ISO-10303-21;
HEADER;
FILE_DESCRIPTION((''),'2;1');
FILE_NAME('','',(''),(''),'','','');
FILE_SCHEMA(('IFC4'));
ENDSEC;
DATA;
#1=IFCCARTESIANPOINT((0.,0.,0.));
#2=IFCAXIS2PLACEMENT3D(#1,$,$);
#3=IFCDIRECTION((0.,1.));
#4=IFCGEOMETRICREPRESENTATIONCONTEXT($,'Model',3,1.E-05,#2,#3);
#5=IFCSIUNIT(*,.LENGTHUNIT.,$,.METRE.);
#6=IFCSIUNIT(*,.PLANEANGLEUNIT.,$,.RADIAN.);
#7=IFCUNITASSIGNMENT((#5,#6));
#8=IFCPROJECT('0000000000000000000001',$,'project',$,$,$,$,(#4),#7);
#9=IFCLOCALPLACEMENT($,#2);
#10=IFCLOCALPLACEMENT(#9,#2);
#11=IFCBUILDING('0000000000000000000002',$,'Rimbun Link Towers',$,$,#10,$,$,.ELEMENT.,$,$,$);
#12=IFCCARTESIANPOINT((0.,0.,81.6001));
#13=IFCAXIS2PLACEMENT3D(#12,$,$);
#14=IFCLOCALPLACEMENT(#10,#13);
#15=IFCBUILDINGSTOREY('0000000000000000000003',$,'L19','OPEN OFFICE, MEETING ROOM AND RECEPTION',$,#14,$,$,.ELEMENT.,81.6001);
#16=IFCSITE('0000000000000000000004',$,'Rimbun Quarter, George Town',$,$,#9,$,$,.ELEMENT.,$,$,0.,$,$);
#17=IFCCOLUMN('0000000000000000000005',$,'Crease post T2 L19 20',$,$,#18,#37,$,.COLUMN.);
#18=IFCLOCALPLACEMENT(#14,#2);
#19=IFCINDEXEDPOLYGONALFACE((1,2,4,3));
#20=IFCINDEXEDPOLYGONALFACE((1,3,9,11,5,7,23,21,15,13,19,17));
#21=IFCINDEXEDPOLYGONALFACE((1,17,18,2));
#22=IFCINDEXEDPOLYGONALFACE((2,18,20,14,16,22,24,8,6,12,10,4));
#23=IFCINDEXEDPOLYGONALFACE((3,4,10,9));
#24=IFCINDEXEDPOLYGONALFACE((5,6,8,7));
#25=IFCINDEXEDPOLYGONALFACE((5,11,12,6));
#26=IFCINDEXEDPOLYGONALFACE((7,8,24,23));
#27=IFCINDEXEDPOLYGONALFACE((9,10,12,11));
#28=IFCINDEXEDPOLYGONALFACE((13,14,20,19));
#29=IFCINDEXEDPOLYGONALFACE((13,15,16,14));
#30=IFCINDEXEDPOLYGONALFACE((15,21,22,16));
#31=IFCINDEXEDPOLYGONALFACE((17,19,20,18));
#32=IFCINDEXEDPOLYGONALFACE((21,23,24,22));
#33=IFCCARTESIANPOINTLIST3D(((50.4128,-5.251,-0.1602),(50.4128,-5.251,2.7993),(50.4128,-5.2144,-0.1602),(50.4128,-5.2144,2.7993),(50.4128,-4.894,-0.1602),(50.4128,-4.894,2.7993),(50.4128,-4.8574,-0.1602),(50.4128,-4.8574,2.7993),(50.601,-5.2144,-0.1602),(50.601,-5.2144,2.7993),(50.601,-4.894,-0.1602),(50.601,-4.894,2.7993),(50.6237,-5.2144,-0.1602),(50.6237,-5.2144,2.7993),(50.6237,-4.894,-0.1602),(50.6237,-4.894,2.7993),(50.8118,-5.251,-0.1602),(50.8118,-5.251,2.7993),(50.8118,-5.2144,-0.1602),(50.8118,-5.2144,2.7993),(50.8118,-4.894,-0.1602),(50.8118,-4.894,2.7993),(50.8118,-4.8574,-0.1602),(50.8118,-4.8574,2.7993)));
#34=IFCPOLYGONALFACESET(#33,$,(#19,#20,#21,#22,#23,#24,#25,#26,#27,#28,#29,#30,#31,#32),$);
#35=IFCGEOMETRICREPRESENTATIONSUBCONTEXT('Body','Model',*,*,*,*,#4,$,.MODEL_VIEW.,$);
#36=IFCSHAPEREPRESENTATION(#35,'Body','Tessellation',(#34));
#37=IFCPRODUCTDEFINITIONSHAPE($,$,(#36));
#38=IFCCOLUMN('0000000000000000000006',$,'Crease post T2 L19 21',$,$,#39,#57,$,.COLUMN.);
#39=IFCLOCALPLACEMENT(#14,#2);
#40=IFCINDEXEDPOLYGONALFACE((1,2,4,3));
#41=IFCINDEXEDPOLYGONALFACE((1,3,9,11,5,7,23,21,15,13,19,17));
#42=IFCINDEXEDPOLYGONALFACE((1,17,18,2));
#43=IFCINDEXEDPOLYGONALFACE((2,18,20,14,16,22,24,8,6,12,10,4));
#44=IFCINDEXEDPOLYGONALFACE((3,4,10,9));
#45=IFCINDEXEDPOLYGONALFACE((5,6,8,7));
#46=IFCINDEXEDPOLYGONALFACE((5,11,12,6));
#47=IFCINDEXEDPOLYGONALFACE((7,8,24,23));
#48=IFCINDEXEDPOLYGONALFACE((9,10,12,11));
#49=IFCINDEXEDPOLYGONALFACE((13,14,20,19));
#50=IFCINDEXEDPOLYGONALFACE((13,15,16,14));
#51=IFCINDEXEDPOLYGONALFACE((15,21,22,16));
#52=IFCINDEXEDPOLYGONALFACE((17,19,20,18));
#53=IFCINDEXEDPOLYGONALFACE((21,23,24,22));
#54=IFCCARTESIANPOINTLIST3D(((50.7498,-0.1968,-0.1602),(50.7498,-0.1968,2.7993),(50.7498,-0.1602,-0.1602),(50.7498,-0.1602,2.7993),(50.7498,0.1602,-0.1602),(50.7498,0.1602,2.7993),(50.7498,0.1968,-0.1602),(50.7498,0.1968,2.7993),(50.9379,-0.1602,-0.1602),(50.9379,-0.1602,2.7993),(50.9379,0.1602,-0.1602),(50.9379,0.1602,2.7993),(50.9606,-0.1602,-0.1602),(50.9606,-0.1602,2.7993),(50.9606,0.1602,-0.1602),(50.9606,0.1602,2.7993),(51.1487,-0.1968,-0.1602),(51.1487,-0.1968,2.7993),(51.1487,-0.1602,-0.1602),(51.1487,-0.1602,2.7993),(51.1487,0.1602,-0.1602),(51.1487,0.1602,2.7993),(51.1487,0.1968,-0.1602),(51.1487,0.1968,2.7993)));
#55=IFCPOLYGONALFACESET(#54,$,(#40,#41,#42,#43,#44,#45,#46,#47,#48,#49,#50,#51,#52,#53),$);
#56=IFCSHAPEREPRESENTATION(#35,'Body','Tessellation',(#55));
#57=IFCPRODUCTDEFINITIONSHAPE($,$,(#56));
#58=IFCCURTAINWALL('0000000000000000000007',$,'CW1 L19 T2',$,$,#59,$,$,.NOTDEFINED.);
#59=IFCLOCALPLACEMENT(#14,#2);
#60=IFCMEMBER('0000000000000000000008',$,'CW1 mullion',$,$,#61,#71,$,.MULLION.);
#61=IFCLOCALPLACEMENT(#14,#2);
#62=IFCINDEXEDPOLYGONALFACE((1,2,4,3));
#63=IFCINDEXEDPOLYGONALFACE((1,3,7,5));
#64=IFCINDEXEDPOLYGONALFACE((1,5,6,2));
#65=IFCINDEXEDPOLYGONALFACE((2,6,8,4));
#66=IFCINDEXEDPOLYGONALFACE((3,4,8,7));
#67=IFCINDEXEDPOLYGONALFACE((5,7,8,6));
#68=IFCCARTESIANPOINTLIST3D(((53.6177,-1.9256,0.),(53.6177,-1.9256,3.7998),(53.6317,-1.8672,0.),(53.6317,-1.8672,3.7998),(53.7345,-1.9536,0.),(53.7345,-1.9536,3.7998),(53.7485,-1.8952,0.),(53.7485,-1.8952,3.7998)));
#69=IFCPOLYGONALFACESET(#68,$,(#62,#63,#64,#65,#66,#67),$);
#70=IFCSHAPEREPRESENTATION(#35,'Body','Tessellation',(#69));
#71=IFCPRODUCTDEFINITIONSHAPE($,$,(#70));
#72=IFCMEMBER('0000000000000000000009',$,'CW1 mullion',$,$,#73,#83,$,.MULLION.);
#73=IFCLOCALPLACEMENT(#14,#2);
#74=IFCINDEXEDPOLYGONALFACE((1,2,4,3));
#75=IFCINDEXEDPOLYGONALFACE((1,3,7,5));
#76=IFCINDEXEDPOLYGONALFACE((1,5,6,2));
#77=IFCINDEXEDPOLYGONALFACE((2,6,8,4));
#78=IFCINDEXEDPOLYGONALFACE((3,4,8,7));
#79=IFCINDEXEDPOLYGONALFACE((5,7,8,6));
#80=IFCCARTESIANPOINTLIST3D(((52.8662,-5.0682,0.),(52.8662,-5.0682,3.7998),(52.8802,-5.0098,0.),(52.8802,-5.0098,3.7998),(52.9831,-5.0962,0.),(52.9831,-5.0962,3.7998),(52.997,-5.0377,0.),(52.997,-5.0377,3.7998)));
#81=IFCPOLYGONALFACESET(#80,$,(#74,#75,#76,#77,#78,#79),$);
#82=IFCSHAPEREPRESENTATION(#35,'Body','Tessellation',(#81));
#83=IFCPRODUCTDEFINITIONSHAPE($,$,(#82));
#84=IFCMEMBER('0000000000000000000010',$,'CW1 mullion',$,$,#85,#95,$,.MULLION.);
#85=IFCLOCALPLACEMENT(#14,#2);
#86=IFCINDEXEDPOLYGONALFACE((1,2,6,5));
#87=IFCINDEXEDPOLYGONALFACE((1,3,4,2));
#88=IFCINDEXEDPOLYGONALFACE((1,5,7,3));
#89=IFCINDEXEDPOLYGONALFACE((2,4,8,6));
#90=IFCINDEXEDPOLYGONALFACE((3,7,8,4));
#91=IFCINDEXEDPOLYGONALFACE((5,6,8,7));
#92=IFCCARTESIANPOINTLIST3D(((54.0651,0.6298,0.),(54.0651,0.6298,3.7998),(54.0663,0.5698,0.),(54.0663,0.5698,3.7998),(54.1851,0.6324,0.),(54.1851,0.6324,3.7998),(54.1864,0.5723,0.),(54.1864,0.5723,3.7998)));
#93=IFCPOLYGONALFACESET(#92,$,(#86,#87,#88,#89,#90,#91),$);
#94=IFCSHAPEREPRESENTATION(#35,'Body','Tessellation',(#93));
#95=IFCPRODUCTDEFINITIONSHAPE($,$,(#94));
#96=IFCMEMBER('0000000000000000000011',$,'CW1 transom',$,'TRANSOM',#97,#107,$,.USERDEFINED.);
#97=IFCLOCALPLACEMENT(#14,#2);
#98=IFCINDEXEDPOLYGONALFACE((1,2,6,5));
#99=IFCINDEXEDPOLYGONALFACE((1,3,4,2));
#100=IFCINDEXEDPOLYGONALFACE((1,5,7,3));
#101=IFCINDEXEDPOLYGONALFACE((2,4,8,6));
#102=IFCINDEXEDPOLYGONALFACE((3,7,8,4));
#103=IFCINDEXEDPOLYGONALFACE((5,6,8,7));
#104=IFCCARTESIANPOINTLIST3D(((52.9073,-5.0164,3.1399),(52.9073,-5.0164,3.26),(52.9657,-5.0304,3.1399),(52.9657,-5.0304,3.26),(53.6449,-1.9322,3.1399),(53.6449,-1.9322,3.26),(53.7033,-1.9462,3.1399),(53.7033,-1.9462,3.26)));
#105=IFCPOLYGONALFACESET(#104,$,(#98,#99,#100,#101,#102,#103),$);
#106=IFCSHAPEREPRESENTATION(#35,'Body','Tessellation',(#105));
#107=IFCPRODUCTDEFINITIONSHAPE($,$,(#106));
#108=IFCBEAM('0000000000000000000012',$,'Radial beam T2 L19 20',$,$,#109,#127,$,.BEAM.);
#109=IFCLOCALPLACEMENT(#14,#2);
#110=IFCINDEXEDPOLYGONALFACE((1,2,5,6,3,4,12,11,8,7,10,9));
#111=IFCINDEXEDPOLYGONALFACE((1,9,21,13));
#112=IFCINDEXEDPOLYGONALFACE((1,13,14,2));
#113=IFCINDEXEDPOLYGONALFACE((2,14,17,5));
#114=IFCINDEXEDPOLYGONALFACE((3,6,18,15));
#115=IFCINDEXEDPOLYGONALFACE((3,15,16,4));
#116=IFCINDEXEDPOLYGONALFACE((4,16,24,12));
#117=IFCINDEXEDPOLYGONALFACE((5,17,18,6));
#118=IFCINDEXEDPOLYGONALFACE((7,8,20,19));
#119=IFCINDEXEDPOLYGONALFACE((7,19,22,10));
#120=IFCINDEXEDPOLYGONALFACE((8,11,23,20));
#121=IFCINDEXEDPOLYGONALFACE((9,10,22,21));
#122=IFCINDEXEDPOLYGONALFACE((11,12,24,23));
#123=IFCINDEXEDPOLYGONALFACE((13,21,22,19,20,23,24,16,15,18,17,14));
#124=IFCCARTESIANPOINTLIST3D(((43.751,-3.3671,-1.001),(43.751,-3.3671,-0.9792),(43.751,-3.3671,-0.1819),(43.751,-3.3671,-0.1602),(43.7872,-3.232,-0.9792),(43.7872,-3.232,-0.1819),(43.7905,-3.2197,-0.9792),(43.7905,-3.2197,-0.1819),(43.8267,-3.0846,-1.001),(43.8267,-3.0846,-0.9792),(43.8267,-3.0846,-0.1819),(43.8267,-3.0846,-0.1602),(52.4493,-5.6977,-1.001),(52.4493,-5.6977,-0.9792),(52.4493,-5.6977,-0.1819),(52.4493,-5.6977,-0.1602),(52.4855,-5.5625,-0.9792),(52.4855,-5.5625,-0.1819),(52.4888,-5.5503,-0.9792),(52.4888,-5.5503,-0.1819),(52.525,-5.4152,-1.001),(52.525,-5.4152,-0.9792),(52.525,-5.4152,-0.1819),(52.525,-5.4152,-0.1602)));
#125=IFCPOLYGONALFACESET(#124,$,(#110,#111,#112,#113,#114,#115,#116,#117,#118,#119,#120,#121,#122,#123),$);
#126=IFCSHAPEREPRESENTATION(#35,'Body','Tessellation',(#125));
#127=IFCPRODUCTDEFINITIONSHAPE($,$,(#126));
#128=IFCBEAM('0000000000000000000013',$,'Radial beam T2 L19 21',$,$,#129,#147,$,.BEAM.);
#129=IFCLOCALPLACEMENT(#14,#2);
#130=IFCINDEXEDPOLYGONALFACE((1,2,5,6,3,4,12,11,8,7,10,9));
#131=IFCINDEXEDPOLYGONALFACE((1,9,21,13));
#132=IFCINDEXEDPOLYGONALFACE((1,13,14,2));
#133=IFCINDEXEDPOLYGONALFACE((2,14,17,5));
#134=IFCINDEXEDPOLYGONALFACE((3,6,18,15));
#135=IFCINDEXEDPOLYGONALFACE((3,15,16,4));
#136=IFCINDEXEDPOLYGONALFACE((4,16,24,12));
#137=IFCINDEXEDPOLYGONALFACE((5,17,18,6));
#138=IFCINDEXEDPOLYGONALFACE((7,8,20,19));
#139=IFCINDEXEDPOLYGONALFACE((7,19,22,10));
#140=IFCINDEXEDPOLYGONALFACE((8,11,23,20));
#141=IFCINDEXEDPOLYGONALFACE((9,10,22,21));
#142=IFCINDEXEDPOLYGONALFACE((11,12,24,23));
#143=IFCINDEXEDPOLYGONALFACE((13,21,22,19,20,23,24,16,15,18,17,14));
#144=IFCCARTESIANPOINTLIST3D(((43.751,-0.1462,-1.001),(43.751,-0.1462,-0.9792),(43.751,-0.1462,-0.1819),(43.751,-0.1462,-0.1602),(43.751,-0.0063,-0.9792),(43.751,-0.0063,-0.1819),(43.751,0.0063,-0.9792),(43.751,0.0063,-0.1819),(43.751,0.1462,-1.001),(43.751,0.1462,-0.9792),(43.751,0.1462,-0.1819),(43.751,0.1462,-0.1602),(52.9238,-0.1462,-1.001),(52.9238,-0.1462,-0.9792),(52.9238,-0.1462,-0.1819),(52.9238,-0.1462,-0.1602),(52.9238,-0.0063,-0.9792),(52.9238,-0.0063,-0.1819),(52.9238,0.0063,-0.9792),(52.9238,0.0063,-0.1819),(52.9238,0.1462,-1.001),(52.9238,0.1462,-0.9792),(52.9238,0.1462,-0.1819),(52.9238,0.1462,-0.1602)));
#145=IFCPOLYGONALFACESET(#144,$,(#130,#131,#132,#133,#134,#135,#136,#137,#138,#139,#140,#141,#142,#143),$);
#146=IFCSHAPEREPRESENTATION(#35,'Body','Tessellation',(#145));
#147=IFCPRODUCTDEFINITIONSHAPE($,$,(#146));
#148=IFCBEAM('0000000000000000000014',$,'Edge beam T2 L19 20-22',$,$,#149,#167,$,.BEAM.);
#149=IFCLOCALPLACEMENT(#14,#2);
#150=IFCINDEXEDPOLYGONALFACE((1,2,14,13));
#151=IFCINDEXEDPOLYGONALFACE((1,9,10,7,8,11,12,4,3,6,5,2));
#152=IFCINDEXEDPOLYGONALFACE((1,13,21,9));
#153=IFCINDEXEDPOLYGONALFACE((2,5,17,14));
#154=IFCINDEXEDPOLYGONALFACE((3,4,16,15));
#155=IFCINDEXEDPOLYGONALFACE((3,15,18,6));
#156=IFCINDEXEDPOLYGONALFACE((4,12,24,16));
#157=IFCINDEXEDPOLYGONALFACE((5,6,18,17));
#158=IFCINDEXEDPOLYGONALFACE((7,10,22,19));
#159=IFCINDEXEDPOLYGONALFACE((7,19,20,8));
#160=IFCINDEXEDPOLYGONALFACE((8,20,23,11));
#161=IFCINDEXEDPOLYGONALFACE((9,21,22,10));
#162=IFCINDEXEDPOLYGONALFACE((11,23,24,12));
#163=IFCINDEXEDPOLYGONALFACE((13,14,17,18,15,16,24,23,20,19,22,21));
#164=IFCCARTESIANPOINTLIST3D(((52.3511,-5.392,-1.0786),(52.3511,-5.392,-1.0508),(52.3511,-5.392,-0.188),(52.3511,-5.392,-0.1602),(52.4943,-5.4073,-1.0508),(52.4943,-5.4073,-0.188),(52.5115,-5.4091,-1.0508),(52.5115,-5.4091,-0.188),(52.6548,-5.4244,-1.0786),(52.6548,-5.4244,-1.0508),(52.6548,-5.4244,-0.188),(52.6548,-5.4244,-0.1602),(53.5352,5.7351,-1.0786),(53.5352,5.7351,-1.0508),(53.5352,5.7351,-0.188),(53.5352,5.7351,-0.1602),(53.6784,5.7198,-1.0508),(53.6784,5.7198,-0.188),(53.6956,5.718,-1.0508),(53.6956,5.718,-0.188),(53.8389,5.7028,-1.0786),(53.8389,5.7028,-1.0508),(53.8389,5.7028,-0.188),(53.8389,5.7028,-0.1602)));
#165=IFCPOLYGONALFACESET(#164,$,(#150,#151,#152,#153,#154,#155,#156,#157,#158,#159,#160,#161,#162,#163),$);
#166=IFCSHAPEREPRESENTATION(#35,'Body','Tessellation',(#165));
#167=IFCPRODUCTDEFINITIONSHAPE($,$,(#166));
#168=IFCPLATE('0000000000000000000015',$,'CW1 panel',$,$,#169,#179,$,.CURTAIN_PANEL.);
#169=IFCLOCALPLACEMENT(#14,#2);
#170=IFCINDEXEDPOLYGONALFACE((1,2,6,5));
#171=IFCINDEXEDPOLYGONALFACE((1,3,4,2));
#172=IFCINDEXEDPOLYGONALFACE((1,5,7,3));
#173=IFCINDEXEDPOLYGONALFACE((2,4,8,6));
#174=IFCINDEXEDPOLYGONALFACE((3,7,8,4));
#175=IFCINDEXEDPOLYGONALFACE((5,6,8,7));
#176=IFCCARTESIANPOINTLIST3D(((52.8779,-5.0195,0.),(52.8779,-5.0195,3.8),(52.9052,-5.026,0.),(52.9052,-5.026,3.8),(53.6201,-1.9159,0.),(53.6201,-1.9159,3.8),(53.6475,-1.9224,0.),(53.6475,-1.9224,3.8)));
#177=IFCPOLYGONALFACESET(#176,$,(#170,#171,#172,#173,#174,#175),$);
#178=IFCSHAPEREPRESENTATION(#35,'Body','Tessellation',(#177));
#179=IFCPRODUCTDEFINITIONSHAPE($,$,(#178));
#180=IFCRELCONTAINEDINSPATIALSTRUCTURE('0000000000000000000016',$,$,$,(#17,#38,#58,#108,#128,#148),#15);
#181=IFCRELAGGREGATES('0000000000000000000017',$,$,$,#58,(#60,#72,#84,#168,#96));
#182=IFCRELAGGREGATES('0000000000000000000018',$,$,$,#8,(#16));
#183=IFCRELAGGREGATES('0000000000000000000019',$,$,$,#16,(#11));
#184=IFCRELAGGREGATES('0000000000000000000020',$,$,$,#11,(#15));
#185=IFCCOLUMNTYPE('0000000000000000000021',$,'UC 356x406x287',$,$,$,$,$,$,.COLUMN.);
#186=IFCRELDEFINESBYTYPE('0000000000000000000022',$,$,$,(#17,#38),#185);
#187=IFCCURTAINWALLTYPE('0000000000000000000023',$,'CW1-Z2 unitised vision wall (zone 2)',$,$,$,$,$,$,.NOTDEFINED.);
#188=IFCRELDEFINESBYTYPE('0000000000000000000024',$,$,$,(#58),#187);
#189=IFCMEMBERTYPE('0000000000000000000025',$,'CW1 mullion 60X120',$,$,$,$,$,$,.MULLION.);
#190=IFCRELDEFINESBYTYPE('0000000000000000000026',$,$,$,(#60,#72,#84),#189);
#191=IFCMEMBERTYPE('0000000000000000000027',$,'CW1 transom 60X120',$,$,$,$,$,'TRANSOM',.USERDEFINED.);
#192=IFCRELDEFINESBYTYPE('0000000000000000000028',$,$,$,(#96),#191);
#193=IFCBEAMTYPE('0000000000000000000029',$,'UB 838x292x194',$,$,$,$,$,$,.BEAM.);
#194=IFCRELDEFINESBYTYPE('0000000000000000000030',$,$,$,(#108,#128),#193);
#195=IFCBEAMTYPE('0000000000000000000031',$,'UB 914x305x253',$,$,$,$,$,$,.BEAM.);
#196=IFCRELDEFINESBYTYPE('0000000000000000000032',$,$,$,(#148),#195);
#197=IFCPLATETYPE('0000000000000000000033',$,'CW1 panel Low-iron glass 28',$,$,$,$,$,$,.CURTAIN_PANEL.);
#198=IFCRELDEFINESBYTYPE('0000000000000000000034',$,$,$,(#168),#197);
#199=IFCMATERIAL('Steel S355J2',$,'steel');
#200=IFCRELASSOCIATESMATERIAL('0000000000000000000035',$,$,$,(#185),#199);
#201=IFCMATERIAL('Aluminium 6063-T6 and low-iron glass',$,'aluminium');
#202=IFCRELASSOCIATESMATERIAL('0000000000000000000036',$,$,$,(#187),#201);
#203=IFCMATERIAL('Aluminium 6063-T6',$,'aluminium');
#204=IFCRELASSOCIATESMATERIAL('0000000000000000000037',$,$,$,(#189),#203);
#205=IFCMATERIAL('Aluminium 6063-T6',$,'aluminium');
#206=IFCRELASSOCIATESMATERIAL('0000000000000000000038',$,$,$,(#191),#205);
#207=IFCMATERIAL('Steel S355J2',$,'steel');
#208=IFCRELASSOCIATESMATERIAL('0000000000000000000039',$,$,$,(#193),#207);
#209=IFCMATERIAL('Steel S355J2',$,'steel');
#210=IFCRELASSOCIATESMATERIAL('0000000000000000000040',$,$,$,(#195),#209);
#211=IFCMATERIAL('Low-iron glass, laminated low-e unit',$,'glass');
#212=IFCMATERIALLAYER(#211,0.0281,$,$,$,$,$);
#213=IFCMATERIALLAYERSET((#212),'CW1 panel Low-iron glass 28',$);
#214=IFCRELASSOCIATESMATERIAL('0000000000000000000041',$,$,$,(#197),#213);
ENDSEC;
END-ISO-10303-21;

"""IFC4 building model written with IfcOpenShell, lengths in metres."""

from ifc_helpers import new_model, si_unit, direction, frame, origin, origin_2d, place, context, subcontext, project, spatial, rectangle, i_section, extrude, material, layer, layer_set, material_profile, profile_set, type_object, element, aggregate, save


model = new_model("IFC4")

# Units and contexts
model_context = context("Model", 3, precision=1e-05, world=origin(), true_north=direction((0.0, 1.0)))
body_context = subcontext(model_context, "Body", "Model", "MODEL_VIEW")
ifc_project = project(units=[si_unit("LENGTHUNIT", "METRE"), si_unit("PLANEANGLEUNIT", "RADIAN")], contexts=[model_context])

# Site, building, storey
site_placement = place(None, origin())
site = spatial("IfcSite", under=ifc_project, at=site_placement, Name="Rimbun Quarter, George Town", CompositionType="ELEMENT", RefElevation=0.0)
building_placement = place(site_placement, origin())
building = spatial("IfcBuilding", under=site, at=building_placement, Name="Rimbun Link Towers", CompositionType="ELEMENT")
storey_placement = place(building_placement, frame((0.0, 0.0, 81.6001)))
storey = spatial("IfcBuildingStorey", under=building, at=storey_placement, Name="L19", Description="OPEN OFFICE, MEETING ROOM AND RECEPTION", CompositionType="ELEMENT", Elevation=81.6001)

# Columns
ifc_material_1 = material(Name="Steel S355J2", Category="steel")
ifc_material_profile_1 = material_profile(ifc_material_1, i_section(OverallWidth=0.3989, OverallDepth=0.3936, WebThickness=0.0227, FlangeThickness=0.0366, at=origin_2d()), Name="UC 356x406x287")
ifc_profile_set_1 = profile_set([ifc_material_profile_1], Name="Steel S355J2")
column_type = type_object("IfcColumnType", Name="UC 356x406x287", PredefinedType="COLUMN", material=ifc_profile_set_1)
for number, where, z_axis, x_axis, name in (
    (1, (50.6123, -5.0542, -0.1602), (0.0, 0.0, 1.0), (1.0, 0.0, 0.0), "Crease post T2 L19 20"),
    (2, (50.9492, 0.0, -0.1602), (0.0, 0.0, 1.0), (1.0, 0.0, 0.0), "Crease post T2 L19 21"),
):
    element("IfcColumn", number, at=place(storey_placement, frame(where, z_axis=z_axis, x_axis=x_axis)), inside=storey, type_object=column_type, Name=name, PredefinedType="COLUMN", context=body_context, shape_type="SweptSolid", body=[
        extrude(i_section(OverallWidth=0.3989, OverallDepth=0.3936, WebThickness=0.0227, FlangeThickness=0.0366, at=origin_2d()), origin(), (0.0, 0.0, 1.0), 2.9595),
    ])

# Curtain wall, members
ifc_material_2 = material(Name="Aluminium 6063-T6 and low-iron glass", Category="aluminium")
curtain_wall_type = type_object("IfcCurtainWallType", Name="CW1-Z2 unitised vision wall (zone 2)", PredefinedType="NOTDEFINED", material=ifc_material_2)
curtain_wall_placement = place(storey_placement, origin())
curtain_wall = element("IfcCurtainWall", 3, at=curtain_wall_placement, inside=storey, type_object=curtain_wall_type, Name="CW1 L19 T2", PredefinedType="NOTDEFINED")
ifc_material_3 = material(Name="Aluminium 6063-T6", Category="aluminium")
ifc_material_profile_2 = material_profile(ifc_material_3, rectangle(XDim=0.1201, YDim=0.0601, at=origin_2d()), Name="MULLION 60X120")
ifc_profile_set_2 = profile_set([ifc_material_profile_2], Name="Aluminium 6063-T6")
member_type_1 = type_object("IfcMemberType", Name="CW1 mullion 60X120", PredefinedType="MULLION", material=ifc_profile_set_2)
member_1_placement = place(storey_placement, frame((53.6831, -1.9104, 0.0), z_axis=(0.0, 0.0, 1.0), x_axis=(0.972576, -0.232584, 0.0)))
member_1 = element("IfcMember", 4, at=member_1_placement, type_object=member_type_1, Name="CW1 mullion", PredefinedType="MULLION", context=body_context, shape_type="SweptSolid", body=[
    extrude(rectangle(XDim=0.1201, YDim=0.0601, at=origin_2d()), origin(), (0.0, 0.0, 1.0), 3.7998),
])
member_2_placement = place(storey_placement, frame((52.9316, -5.053, 0.0), z_axis=(0.0, 0.0, 1.0), x_axis=(0.972576, -0.232584, 0.0)))
member_2 = element("IfcMember", 5, at=member_2_placement, type_object=member_type_1, Name="CW1 mullion", PredefinedType="MULLION", context=body_context, shape_type="SweptSolid", body=[
    extrude(rectangle(XDim=0.1201, YDim=0.0601, at=origin_2d()), origin(), (0.0, 0.0, 1.0), 3.7998),
])
member_3_placement = place(storey_placement, frame((54.1257, 0.6011, 0.0), z_axis=(0.0, 0.0, 1.0), x_axis=(0.999778, 0.021057, 0.0)))
member_3 = element("IfcMember", 6, at=member_3_placement, type_object=member_type_1, Name="CW1 mullion", PredefinedType="MULLION", context=body_context, shape_type="SweptSolid", body=[
    extrude(rectangle(XDim=0.1201, YDim=0.0601, at=origin_2d()), origin(), (0.0, 0.0, 1.0), 3.7998),
])
ifc_material_4 = material(Name="Aluminium 6063-T6", Category="aluminium")
ifc_material_profile_3 = material_profile(ifc_material_4, rectangle(XDim=0.0601, YDim=0.1201, at=origin_2d()), Name="TRANSOM 60X120")
ifc_profile_set_3 = profile_set([ifc_material_profile_3], Name="Aluminium 6063-T6")
member_type_2 = type_object("IfcMemberType", Name="CW1 transom 60X120", ElementType="TRANSOM", PredefinedType="USERDEFINED", material=ifc_profile_set_3)
member_4_placement = place(storey_placement, frame((53.6741, -1.9392, 3.2), z_axis=(-0.232578, -0.972578, 0.0), x_axis=(0.972578, -0.232578, 0.0)))
member_4 = element("IfcMember", 7, at=member_4_placement, type_object=member_type_2, Name="CW1 transom", ObjectType="TRANSOM", PredefinedType="USERDEFINED", context=body_context, shape_type="SweptSolid", body=[
    extrude(rectangle(XDim=0.0601, YDim=0.1201, at=origin_2d()), origin(), (0.0, 0.0, 1.0), 3.1711),
])

# Beams
ifc_material_5 = material(Name="Steel S355J2", Category="steel")
ifc_material_profile_4 = material_profile(ifc_material_5, i_section(OverallWidth=0.2925, OverallDepth=0.8408, WebThickness=0.0127, FlangeThickness=0.0217, at=origin_2d()), Name="UB 838x292x194")
ifc_profile_set_4 = profile_set([ifc_material_profile_4], Name="Steel S355J2")
beam_type_1 = type_object("IfcBeamType", Name="UB 838x292x194", PredefinedType="BEAM", material=ifc_profile_set_4)
beam_1_placement = place(storey_placement, frame((43.7888, -3.2258, -0.5806), z_axis=(0.965929, -0.258807, 0.0), x_axis=(0.258807, 0.965929, 0.0)))
element("IfcBeam", 8, at=beam_1_placement, inside=storey, type_object=beam_type_1, Name="Radial beam T2 L19 20", PredefinedType="BEAM", context=body_context, shape_type="SweptSolid", body=[
    extrude(i_section(OverallWidth=0.2925, OverallDepth=0.8408, WebThickness=0.0127, FlangeThickness=0.0217, at=origin_2d()), origin(), (0.0, 0.0, 1.0), 9.0051),
])
beam_2_placement = place(storey_placement, frame((43.751, 0.0, -0.5806), z_axis=(1.0, 0.0, 0.0), x_axis=(0.0, 1.0, 0.0)))
element("IfcBeam", 9, at=beam_2_placement, inside=storey, type_object=beam_type_1, Name="Radial beam T2 L19 21", PredefinedType="BEAM", context=body_context, shape_type="SweptSolid", body=[
    extrude(i_section(OverallWidth=0.2925, OverallDepth=0.8408, WebThickness=0.0127, FlangeThickness=0.0217, at=origin_2d()), origin(), (0.0, 0.0, 1.0), 9.1729),
])
ifc_material_6 = material(Name="Steel S355J2", Category="steel")
ifc_material_profile_5 = material_profile(ifc_material_6, i_section(OverallWidth=0.3054, OverallDepth=0.9185, WebThickness=0.0173, FlangeThickness=0.0278, at=origin_2d()), Name="UB 914x305x253")
ifc_profile_set_5 = profile_set([ifc_material_profile_5], Name="Steel S355J2")
beam_type_2 = type_object("IfcBeamType", Name="UB 914x305x253", PredefinedType="BEAM", material=ifc_profile_set_5)
beam_3_placement = place(storey_placement, frame((52.5029, -5.4082, -0.6194), z_axis=(0.105816, 0.994386, 0.0), x_axis=(-0.994386, 0.105816, 0.0)))
element("IfcBeam", 10, at=beam_3_placement, inside=storey, type_object=beam_type_2, Name="Edge beam T2 L19 20-22", PredefinedType="BEAM", context=body_context, shape_type="SweptSolid", body=[
    extrude(i_section(OverallWidth=0.3054, OverallDepth=0.9185, WebThickness=0.0173, FlangeThickness=0.0278, at=origin_2d()), origin(), (0.0, 0.0, 1.0), 11.1899),
])

# Plate
ifc_material_7 = material(Name="Low-iron glass, laminated low-e unit", Category="glass")
ifc_layer_1 = layer(ifc_material_7, 0.0281)
ifc_layer_set_1 = layer_set([ifc_layer_1], Name="CW1 panel Low-iron glass 28")
plate_type = type_object("IfcPlateType", Name="CW1 panel Low-iron glass 28", PredefinedType="CURTAIN_PANEL", material=ifc_layer_set_1)
plate_1_placement = place(storey_placement, frame((53.2627, -3.4709, 0.0), z_axis=(0.0, 0.0, 1.0), x_axis=(-0.232584, -0.972576, 0.0)))
plate_1 = element("IfcPlate", 11, at=plate_1_placement, type_object=plate_type, Name="CW1 panel", PredefinedType="CURTAIN_PANEL", context=body_context, shape_type="SweptSolid", body=[
    extrude(rectangle(XDim=3.1912, YDim=0.0281, at=origin_2d()), origin(), (0.0, 0.0, 1.0), 3.8),
])
aggregate(curtain_wall, [member_1, member_2, member_3, plate_1, member_4])

save(model, "model.ifc")
